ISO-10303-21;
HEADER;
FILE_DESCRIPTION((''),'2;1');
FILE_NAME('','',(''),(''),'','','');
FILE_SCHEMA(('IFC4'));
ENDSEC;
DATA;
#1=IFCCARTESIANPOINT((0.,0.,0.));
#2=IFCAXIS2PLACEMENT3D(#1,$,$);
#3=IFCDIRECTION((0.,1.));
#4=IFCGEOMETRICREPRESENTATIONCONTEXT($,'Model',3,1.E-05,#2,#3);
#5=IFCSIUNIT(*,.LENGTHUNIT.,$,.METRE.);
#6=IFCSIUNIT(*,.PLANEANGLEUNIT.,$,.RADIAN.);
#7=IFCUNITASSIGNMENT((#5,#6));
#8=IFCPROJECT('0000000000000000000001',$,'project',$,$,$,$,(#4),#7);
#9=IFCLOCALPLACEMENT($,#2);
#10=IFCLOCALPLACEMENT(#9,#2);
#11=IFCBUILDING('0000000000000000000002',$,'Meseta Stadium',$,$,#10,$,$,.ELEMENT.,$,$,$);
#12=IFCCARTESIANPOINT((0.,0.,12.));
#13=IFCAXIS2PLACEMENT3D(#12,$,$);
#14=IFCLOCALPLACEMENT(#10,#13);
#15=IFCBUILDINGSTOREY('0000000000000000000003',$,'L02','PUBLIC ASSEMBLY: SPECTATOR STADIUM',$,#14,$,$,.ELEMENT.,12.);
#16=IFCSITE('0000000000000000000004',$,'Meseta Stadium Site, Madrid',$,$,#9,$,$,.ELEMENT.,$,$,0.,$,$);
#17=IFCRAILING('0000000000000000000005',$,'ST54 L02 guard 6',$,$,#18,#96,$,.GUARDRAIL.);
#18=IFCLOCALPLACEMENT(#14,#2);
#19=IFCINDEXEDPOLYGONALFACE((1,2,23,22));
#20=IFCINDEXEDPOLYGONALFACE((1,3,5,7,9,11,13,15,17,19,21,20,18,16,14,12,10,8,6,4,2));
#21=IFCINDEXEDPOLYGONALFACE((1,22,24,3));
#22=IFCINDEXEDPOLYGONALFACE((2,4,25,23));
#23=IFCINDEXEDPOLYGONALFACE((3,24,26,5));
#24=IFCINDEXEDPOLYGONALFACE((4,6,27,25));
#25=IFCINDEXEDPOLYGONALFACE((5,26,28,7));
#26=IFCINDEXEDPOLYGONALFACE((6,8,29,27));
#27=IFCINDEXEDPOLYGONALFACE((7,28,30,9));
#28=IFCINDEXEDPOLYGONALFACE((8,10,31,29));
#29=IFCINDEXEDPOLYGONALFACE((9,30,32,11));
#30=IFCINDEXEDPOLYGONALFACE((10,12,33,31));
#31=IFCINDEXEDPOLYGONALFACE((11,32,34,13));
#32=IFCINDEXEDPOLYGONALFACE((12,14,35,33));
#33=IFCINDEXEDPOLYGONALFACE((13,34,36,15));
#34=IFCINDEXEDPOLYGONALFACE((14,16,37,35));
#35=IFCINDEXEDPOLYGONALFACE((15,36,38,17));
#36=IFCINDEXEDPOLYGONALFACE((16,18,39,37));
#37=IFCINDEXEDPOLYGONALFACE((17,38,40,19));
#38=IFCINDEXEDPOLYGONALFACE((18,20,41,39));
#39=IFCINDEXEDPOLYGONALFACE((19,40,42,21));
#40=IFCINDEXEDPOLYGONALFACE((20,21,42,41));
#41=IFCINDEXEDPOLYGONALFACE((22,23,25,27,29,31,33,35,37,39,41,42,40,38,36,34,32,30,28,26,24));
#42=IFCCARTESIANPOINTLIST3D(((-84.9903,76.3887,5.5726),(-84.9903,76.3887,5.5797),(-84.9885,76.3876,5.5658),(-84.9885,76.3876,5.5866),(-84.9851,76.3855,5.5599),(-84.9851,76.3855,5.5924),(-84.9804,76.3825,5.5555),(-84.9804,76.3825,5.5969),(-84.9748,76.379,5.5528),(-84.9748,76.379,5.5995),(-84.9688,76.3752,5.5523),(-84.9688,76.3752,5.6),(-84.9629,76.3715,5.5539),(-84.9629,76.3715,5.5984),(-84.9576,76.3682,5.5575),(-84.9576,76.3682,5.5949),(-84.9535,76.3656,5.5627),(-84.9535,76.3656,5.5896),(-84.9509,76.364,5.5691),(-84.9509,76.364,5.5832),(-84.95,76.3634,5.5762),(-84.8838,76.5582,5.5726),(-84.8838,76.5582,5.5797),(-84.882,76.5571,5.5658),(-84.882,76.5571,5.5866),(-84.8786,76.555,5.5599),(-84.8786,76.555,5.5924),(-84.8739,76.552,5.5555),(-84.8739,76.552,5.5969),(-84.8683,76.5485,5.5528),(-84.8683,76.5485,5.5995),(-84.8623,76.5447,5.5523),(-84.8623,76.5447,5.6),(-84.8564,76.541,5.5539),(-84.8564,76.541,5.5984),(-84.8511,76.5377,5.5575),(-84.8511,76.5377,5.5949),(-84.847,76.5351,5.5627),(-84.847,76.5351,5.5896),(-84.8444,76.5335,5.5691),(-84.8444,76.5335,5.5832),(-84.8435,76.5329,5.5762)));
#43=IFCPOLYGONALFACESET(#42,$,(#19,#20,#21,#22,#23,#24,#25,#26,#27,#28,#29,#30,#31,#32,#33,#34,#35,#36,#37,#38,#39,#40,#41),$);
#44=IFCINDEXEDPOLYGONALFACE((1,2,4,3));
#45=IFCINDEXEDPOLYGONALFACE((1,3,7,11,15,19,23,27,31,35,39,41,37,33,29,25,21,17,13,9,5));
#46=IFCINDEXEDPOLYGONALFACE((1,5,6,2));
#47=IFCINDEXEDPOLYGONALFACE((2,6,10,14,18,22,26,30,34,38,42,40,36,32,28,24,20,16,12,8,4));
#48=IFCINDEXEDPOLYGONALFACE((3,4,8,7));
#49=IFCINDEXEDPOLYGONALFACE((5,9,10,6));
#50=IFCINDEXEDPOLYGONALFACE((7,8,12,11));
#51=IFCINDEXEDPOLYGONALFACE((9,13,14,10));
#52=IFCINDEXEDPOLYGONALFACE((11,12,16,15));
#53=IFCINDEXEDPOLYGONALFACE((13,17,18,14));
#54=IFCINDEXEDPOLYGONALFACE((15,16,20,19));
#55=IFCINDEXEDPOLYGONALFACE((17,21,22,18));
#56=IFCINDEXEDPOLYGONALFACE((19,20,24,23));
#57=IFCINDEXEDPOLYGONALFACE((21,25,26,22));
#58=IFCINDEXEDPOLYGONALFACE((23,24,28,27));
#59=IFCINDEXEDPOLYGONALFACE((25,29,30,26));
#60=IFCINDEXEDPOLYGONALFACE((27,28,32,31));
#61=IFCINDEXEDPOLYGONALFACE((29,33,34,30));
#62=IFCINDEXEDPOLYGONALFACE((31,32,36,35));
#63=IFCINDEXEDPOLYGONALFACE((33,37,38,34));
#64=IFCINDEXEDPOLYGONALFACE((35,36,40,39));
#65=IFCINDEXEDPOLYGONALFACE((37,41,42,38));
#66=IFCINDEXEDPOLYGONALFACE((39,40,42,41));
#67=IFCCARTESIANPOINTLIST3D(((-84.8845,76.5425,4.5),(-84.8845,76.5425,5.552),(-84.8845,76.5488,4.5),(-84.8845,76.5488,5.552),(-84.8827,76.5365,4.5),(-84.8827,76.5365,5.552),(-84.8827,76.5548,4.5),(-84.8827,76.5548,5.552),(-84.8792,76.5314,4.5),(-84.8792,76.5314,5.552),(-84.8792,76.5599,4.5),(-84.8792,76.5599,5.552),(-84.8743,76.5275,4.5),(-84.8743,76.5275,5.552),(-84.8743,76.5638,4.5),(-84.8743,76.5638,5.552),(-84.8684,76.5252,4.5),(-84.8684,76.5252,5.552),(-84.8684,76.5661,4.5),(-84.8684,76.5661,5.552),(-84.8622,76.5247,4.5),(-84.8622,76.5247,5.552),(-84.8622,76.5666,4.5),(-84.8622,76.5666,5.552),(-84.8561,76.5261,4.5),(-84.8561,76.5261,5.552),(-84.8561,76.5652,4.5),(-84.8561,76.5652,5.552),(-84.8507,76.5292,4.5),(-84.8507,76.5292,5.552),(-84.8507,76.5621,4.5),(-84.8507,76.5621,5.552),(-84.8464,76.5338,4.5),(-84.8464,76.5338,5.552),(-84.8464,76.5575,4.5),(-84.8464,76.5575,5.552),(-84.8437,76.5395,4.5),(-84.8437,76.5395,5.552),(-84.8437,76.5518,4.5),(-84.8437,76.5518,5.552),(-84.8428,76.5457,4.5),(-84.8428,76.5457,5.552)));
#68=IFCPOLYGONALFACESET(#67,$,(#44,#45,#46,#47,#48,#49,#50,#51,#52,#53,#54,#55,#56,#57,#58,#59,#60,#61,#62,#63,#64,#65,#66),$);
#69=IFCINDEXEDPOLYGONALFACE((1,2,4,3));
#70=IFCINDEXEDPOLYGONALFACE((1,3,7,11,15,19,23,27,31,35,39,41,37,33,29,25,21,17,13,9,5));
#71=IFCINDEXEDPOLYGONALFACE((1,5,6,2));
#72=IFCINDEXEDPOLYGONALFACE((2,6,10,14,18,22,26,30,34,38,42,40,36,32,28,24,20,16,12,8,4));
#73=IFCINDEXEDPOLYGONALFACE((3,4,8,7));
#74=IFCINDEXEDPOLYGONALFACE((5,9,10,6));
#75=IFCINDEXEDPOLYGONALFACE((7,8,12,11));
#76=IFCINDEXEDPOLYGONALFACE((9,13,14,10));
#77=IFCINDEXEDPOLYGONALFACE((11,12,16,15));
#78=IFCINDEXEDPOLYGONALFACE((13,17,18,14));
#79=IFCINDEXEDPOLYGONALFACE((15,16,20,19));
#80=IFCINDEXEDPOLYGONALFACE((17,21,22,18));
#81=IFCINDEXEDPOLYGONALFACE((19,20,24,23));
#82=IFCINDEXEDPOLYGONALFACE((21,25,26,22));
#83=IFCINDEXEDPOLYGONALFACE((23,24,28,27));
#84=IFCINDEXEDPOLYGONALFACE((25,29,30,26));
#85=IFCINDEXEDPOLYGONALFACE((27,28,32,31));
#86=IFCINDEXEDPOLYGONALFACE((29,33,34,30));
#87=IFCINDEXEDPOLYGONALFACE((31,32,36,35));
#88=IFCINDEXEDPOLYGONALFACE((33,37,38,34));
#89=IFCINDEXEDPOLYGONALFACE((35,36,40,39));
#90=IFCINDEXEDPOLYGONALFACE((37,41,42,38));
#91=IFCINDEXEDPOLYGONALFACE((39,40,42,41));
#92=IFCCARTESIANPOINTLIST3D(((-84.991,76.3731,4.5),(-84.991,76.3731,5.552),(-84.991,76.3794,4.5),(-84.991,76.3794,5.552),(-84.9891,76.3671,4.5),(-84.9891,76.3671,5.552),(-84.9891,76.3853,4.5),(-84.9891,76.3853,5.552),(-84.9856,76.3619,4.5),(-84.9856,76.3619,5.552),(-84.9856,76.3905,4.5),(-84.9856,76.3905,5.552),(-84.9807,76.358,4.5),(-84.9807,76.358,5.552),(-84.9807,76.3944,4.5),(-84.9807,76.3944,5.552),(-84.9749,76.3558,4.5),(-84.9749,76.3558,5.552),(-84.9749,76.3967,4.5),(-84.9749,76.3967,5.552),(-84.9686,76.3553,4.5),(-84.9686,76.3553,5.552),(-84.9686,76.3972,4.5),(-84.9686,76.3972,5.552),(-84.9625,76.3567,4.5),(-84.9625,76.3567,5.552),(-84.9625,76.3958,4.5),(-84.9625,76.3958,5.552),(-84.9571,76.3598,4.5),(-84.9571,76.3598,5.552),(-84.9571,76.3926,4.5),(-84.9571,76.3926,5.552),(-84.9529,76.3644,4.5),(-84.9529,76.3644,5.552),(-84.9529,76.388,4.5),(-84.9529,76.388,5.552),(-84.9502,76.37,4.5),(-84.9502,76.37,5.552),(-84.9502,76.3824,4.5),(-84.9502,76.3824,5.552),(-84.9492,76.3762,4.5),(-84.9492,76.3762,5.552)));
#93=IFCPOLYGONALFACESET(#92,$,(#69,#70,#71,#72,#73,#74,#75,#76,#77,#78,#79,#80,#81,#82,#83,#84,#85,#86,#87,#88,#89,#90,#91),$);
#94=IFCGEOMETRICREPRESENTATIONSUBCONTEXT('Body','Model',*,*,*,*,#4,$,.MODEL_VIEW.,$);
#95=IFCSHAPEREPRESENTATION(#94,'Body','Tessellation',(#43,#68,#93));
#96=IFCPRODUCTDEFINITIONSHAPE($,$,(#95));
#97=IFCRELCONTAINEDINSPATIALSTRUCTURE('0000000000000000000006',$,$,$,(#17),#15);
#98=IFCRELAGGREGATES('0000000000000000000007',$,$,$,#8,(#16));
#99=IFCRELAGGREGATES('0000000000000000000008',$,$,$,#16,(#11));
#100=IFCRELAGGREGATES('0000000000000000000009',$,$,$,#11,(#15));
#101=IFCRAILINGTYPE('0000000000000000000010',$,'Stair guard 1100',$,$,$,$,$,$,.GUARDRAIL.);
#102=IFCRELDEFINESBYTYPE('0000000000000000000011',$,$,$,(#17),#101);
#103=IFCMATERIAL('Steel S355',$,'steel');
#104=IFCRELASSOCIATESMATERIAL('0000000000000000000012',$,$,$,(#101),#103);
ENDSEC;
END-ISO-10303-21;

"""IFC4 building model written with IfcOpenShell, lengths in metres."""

from ifc_helpers import new_model, si_unit, direction, frame, origin, origin_2d, place, context, subcontext, project, spatial, circle, extrude, material, type_object, element, save


model = new_model("IFC4")

# Units and contexts
model_context = context("Model", 3, precision=1e-05, world=origin(), true_north=direction((0.0, 1.0)))
body_context = subcontext(model_context, "Body", "Model", "MODEL_VIEW")
ifc_project = project(units=[si_unit("LENGTHUNIT", "METRE"), si_unit("PLANEANGLEUNIT", "RADIAN")], contexts=[model_context])

# Site, building, storey
site_placement = place(None, origin())
site = spatial("IfcSite", under=ifc_project, at=site_placement, Name="Meseta Stadium Site, Madrid", CompositionType="ELEMENT", RefElevation=0.0)
building_placement = place(site_placement, origin())
building = spatial("IfcBuilding", under=site, at=building_placement, Name="Meseta Stadium", CompositionType="ELEMENT")
storey_placement = place(building_placement, frame((0.0, 0.0, 12.0)))
storey = spatial("IfcBuildingStorey", under=building, at=storey_placement, Name="L02", Description="PUBLIC ASSEMBLY: SPECTATOR STADIUM", CompositionType="ELEMENT", Elevation=12.0)

# Railing
ifc_material_1 = material(Name="Steel S355", Category="steel")
railing_type_1 = type_object("IfcRailingType", Name="Stair guard 1100", PredefinedType="GUARDRAIL", material=ifc_material_1)
railing_1_placement = place(storey_placement, frame((-84.8638, 76.5457, 4.5)))
element("IfcRailing", 1, at=railing_1_placement, inside=storey, type_object=railing_type_1, Name="ST54 L02 guard 6", PredefinedType="GUARDRAIL", context=body_context, shape_type="SweptSolid", body=[
    extrude(circle(Radius=0.0239, at=origin_2d()), frame((0.0, 0.0, 1.0762), z_axis=(-0.531972, -0.846762, 0.0), x_axis=(0.846762, -0.531972, 0.0)), (0.0, 0.0, 1.0), 0.2002),
    extrude(circle(Radius=0.021, at=origin_2d()), origin(), (0.0, 0.0, 1.0), 1.052),
    extrude(circle(Radius=0.021, at=origin_2d()), frame((-0.1064, -0.1694, 0.0)), (0.0, 0.0, 1.0), 1.052),
])

save(model, "model.ifc")
